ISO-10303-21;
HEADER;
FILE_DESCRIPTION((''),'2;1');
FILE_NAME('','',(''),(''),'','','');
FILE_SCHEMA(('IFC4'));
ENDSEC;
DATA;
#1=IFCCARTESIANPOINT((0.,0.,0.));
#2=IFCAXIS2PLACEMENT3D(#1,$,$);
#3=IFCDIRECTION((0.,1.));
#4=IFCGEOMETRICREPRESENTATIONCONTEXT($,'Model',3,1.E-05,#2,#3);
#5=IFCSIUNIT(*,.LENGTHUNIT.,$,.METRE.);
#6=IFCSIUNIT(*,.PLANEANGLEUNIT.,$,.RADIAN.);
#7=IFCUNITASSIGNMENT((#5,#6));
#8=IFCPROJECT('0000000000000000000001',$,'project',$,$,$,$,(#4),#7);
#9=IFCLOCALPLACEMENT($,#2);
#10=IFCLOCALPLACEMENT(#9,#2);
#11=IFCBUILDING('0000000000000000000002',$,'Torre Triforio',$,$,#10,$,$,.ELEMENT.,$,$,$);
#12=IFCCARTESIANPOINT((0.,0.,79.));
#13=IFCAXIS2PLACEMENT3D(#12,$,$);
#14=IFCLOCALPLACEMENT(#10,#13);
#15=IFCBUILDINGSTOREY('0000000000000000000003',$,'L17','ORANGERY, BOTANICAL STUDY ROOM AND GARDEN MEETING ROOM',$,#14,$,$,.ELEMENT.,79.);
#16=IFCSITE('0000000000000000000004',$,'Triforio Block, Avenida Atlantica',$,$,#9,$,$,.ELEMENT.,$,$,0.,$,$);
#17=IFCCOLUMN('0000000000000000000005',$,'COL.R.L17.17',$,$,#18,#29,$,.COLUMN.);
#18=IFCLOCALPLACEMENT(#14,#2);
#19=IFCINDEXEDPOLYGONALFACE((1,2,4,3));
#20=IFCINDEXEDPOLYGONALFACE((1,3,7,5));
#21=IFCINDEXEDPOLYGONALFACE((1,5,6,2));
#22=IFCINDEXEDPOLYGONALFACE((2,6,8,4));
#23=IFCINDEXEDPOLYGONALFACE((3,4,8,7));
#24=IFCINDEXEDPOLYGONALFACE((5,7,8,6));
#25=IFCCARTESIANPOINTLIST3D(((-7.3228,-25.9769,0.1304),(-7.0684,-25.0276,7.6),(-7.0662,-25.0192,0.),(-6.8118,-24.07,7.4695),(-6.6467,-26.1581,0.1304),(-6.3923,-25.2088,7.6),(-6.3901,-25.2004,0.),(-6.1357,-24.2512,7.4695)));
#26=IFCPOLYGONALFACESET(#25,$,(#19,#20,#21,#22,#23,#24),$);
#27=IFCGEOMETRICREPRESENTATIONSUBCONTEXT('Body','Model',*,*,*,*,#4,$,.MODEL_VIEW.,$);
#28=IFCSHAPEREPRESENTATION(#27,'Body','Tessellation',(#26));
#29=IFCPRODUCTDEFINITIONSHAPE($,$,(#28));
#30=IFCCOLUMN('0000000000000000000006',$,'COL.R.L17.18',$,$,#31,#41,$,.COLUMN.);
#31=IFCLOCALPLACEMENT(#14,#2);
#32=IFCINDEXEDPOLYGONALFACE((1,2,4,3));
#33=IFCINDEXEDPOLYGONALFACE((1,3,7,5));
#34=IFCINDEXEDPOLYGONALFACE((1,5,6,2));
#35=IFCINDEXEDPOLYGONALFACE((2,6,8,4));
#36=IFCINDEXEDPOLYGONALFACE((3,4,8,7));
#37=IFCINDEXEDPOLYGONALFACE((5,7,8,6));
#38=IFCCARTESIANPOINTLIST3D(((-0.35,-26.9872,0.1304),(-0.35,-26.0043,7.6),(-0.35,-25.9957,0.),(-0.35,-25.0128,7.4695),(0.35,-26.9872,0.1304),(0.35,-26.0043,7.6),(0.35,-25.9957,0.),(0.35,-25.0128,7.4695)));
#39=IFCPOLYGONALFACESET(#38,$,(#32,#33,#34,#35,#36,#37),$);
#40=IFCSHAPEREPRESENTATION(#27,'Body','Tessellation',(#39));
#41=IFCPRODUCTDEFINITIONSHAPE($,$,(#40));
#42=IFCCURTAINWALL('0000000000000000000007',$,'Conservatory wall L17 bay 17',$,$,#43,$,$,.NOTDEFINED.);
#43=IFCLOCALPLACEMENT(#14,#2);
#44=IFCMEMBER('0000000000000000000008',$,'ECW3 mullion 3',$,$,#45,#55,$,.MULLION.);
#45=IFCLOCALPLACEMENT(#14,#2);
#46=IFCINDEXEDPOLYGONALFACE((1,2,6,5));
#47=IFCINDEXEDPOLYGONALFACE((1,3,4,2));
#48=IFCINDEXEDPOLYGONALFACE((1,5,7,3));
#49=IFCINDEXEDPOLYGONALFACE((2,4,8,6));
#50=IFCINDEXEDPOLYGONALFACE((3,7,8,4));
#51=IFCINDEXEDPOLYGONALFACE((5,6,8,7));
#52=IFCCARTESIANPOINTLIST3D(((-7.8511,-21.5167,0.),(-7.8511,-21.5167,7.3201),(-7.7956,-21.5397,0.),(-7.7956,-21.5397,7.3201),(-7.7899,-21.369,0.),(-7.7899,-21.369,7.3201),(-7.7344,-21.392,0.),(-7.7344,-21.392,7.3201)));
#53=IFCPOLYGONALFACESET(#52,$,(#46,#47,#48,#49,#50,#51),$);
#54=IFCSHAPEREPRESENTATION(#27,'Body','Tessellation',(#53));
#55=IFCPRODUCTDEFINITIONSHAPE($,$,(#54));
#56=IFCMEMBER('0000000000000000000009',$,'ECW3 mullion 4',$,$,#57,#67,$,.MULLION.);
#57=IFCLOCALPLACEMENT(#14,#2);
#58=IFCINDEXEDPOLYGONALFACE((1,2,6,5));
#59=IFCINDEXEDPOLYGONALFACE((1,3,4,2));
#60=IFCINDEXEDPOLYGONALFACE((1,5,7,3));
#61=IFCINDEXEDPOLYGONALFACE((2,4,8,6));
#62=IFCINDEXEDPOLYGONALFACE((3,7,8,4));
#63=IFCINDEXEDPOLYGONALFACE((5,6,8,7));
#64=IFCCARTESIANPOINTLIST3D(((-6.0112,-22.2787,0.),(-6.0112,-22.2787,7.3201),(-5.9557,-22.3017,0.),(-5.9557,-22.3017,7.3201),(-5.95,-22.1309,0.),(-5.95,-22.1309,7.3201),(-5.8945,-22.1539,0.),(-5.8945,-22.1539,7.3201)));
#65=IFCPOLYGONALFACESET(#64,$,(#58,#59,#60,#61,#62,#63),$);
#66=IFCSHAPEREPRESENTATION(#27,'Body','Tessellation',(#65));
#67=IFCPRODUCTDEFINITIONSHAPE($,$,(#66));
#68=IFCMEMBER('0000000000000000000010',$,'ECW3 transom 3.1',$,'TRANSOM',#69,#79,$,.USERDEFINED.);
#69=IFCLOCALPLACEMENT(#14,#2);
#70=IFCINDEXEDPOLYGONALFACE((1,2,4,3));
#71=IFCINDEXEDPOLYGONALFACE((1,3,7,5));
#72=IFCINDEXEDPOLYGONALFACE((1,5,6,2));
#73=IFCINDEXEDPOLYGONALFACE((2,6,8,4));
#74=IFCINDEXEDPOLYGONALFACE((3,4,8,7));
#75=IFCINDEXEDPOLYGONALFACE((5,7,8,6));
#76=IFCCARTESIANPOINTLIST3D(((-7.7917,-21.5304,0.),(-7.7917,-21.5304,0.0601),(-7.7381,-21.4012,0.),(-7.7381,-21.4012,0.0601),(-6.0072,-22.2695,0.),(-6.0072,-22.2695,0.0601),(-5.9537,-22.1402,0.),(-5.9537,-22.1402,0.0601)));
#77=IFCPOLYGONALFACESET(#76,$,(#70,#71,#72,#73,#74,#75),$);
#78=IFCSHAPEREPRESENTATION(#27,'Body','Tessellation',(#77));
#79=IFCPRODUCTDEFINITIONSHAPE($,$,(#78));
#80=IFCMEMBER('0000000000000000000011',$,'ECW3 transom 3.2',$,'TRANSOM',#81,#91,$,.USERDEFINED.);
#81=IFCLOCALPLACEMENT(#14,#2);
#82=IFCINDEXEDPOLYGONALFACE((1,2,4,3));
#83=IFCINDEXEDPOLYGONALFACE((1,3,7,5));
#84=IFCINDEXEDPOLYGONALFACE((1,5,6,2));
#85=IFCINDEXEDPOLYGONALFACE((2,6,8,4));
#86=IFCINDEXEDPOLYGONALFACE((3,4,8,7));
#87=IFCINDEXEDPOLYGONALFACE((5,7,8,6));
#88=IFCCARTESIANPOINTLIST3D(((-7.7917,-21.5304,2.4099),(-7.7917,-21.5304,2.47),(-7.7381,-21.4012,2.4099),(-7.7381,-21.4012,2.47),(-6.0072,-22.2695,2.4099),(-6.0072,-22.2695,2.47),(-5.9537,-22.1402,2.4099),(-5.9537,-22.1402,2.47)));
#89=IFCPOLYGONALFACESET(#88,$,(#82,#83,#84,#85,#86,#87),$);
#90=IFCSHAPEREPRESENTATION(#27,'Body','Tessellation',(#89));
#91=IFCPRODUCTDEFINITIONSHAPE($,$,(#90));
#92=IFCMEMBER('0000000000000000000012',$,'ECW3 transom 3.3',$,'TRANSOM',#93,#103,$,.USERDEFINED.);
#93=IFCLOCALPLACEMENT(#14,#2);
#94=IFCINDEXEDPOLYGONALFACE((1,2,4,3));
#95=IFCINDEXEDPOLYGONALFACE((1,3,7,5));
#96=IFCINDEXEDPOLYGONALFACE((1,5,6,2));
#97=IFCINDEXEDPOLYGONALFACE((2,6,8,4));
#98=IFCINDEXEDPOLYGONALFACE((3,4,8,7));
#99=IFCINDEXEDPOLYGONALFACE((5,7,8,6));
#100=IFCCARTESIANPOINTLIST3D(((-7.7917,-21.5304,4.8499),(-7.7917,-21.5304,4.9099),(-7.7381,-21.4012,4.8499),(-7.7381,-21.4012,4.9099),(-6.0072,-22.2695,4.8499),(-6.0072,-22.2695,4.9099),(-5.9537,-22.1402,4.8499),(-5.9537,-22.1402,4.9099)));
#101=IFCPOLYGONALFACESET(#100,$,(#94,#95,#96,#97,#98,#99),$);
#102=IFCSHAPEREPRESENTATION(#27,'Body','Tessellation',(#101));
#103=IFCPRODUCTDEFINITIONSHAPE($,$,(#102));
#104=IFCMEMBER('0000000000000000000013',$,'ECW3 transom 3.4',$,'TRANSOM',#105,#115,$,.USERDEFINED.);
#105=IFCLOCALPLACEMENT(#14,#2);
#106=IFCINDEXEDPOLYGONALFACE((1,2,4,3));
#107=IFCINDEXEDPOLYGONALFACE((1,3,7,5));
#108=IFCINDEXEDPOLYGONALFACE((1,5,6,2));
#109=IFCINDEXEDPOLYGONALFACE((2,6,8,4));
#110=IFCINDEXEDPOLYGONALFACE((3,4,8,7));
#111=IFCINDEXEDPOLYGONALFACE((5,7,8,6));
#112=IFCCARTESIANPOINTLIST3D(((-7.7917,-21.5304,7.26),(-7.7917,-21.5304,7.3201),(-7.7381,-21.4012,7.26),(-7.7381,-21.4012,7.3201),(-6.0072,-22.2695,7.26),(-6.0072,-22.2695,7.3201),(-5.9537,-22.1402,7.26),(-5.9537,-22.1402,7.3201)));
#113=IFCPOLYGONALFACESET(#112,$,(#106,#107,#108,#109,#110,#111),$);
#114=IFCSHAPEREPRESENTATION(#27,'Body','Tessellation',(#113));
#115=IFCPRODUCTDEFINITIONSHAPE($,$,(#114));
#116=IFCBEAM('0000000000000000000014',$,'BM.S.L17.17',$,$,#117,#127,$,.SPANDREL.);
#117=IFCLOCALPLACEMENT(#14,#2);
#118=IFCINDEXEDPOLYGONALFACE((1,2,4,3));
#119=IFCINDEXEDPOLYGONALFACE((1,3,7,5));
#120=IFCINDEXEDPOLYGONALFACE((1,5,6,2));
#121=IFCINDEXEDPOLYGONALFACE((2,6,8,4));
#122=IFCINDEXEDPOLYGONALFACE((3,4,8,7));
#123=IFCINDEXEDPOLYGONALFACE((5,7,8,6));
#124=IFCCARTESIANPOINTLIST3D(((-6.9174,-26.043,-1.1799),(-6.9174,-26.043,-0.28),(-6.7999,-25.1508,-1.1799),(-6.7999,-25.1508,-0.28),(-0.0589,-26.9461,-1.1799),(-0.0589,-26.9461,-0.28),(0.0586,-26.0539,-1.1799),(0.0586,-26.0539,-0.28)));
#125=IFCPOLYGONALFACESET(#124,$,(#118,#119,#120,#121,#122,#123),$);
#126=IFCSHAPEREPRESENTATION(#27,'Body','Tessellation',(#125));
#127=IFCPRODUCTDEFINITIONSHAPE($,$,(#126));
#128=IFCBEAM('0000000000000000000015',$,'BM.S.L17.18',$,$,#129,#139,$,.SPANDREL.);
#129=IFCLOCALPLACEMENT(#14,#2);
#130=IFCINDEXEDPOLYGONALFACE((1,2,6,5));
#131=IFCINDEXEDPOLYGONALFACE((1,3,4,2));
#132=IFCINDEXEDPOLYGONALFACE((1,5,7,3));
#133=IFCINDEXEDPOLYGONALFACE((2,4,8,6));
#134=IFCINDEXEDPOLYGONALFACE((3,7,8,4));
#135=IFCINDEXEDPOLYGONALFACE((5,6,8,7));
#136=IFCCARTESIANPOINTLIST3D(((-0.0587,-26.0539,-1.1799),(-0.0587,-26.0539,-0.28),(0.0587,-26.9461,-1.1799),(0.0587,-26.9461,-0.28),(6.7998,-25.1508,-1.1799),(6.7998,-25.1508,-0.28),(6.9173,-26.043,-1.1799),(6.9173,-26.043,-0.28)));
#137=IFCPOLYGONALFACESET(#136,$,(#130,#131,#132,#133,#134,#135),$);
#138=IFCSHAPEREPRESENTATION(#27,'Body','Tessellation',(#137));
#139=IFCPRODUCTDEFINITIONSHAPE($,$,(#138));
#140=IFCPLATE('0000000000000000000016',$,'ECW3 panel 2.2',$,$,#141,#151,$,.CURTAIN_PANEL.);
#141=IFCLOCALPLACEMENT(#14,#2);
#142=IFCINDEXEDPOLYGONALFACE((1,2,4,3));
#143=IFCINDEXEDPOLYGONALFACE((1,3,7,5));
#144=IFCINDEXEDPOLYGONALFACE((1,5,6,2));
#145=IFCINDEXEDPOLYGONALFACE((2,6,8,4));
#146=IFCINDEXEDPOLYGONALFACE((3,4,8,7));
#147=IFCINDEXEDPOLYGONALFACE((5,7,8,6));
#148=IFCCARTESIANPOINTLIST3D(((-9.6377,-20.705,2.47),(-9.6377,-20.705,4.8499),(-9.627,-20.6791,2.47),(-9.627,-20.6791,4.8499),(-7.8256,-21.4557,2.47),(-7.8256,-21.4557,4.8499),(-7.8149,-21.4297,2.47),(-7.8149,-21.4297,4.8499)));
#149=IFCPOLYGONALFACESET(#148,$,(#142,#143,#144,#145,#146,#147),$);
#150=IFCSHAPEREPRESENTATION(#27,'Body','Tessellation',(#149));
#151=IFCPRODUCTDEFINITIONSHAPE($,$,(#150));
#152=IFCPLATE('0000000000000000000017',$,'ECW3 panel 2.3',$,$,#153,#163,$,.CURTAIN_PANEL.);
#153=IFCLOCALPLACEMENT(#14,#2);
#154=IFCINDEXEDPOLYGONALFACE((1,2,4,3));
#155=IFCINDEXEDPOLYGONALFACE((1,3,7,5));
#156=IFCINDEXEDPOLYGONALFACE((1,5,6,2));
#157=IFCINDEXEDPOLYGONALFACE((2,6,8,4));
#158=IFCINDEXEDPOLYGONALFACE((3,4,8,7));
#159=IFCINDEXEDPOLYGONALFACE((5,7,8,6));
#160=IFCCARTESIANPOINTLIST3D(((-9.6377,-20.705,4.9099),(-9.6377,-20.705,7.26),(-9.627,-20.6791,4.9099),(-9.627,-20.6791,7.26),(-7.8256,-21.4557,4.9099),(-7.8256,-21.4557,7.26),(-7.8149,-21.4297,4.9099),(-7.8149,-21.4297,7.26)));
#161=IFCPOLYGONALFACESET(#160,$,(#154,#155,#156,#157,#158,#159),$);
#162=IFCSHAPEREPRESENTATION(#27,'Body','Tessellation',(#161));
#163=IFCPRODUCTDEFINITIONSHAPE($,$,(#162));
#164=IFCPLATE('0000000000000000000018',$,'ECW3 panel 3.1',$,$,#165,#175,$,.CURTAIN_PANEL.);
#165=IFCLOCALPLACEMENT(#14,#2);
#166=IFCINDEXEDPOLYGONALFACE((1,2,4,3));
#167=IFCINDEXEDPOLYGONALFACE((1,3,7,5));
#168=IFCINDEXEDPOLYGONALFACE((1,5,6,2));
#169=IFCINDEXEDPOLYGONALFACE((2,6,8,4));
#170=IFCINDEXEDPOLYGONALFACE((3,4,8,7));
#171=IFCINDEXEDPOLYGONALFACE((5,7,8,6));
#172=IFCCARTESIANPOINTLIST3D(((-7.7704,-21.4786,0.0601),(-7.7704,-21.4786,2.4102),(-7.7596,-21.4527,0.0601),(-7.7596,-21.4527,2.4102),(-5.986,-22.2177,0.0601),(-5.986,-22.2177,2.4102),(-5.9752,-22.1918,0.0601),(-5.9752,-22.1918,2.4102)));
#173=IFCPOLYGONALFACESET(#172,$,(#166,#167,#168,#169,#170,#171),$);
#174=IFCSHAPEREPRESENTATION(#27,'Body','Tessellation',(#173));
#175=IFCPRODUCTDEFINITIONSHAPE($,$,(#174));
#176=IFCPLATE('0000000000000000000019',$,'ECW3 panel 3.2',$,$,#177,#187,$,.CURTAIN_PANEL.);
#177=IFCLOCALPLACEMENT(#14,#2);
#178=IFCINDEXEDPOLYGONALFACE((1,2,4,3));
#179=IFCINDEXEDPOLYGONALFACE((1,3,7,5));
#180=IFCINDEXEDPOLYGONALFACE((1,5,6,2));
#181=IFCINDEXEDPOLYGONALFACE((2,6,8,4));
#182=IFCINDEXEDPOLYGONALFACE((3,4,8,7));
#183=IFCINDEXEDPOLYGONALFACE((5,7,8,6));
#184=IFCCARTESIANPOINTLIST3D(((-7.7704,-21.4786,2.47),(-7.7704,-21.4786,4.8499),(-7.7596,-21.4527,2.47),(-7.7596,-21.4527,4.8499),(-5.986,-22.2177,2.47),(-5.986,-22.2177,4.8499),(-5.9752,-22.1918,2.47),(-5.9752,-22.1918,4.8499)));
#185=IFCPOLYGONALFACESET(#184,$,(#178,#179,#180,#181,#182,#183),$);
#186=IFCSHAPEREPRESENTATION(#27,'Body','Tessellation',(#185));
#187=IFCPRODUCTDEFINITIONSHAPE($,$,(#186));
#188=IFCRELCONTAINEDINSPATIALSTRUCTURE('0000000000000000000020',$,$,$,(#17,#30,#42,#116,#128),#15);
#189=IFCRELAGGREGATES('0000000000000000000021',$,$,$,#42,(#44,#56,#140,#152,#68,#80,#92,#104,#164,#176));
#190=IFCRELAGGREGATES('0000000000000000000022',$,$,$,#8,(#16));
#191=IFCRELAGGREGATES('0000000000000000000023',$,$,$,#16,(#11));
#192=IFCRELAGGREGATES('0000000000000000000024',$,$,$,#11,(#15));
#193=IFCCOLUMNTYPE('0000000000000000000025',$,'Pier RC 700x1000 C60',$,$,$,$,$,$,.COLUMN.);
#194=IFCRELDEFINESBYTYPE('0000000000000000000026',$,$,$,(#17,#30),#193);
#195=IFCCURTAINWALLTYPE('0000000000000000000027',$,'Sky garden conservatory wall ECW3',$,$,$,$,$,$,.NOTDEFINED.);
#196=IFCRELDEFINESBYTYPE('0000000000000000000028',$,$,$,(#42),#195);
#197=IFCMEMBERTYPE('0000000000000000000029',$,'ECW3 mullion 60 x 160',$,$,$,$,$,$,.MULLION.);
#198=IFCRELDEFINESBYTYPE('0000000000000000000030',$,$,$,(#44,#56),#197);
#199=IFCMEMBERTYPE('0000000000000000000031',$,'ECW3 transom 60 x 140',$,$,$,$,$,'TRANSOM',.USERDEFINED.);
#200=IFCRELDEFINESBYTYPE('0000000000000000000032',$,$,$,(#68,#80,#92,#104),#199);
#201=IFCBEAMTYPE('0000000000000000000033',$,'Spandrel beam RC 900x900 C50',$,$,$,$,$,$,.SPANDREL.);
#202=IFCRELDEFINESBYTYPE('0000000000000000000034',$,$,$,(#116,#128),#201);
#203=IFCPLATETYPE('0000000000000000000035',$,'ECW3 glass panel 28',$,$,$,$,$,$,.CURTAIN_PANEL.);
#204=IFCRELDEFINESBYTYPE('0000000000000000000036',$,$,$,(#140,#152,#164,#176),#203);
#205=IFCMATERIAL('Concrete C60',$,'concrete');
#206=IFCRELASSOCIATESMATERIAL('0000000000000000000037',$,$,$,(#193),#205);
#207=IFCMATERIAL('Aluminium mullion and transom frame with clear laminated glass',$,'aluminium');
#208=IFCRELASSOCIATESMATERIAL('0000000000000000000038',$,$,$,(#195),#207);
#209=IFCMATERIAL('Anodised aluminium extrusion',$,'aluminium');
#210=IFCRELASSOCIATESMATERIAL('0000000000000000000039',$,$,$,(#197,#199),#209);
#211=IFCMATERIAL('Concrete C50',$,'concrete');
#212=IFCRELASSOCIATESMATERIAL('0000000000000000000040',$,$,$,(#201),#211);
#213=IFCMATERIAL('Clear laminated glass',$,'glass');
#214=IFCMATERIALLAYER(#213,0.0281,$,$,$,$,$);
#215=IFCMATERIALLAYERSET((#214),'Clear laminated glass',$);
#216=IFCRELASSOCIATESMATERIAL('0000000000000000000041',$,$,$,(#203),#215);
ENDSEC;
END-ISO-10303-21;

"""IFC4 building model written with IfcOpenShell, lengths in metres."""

from ifc_helpers import new_model, si_unit, direction, frame, origin, origin_2d, place, context, subcontext, project, spatial, rectangle, extrude, material, layer, layer_set, material_profile, profile_set, type_object, element, aggregate, save


model = new_model("IFC4")

# Units and contexts
model_context = context("Model", 3, precision=1e-05, world=origin(), true_north=direction((0.0, 1.0)))
body_context = subcontext(model_context, "Body", "Model", "MODEL_VIEW")
ifc_project = project(units=[si_unit("LENGTHUNIT", "METRE"), si_unit("PLANEANGLEUNIT", "RADIAN")], contexts=[model_context])

# Site, building, storey
site_placement = place(None, origin())
site = spatial("IfcSite", under=ifc_project, at=site_placement, Name="Triforio Block, Avenida Atlantica", CompositionType="ELEMENT", RefElevation=0.0)
building_placement = place(site_placement, origin())
building = spatial("IfcBuilding", under=site, at=building_placement, Name="Torre Triforio", CompositionType="ELEMENT")
storey_placement = place(building_placement, frame((0.0, 0.0, 79.0)))
storey = spatial("IfcBuildingStorey", under=building, at=storey_placement, Name="L17", Description="ORANGERY, BOTANICAL STUDY ROOM AND GARDEN MEETING ROOM", CompositionType="ELEMENT", Elevation=79.0)

# Columns
ifc_material_1 = material(Name="Concrete C60", Category="concrete")
ifc_material_profile_1 = material_profile(ifc_material_1, rectangle(XDim=0.7, YDim=1.0, at=origin_2d()), Name="RC 700x1000")
ifc_profile_set_1 = profile_set([ifc_material_profile_1], Name="Concrete C60")
column_type = type_object("IfcColumnType", Name="Pier RC 700x1000 C60", PredefinedType="COLUMN", material=ifc_profile_set_1)
for number, where, z_axis, x_axis, name in (
    (1, (-6.8564, -25.5886, 0.0652), (0.033767, 0.125994, 0.991456), (-0.965913, 0.258869, 0.0), "COL.R.L17.17"),
    (2, (0.0, -26.4915, 0.0652), (0.0, 0.130465, 0.991453), (-1.0, 0.0, 0.0), "COL.R.L17.18"),
):
    element("IfcColumn", number, at=place(storey_placement, frame(where, z_axis=z_axis, x_axis=x_axis)), inside=storey, type_object=column_type, Name=name, PredefinedType="COLUMN", context=body_context, shape_type="SweptSolid", body=[
        extrude(rectangle(XDim=0.7, YDim=1.0, at=origin_2d()), origin(), (0.0, 0.0, 1.0), 7.5339),
    ])

# Curtain wall, members
ifc_material_2 = material(Name="Aluminium mullion and transom frame with clear laminated glass", Category="aluminium")
curtain_wall_type = type_object("IfcCurtainWallType", Name="Sky garden conservatory wall ECW3", PredefinedType="NOTDEFINED", material=ifc_material_2)
curtain_wall_placement = place(storey_placement, origin())
curtain_wall = element("IfcCurtainWall", 3, at=curtain_wall_placement, inside=storey, type_object=curtain_wall_type, Name="Conservatory wall L17 bay 17", PredefinedType="NOTDEFINED")
ifc_material_3 = material(Name="Anodised aluminium extrusion", Category="aluminium")
ifc_material_profile_2 = material_profile(ifc_material_3, rectangle(XDim=0.1599, YDim=0.0601, at=origin_2d()), Name="ECW3 MULLION 60x160")
ifc_profile_set_2 = profile_set([ifc_material_profile_2], Name="Anodised aluminium extrusion")
member_type_1 = type_object("IfcMemberType", Name="ECW3 mullion 60 x 160", PredefinedType="MULLION", material=ifc_profile_set_2)
member_1_placement = place(storey_placement, frame((-7.7927, -21.4543, 0.0), z_axis=(0.0, 0.0, 1.0), x_axis=(0.382687, 0.923878, 0.0)))
member_1 = element("IfcMember", 4, at=member_1_placement, type_object=member_type_1, Name="ECW3 mullion 3", PredefinedType="MULLION", context=body_context, shape_type="SweptSolid", body=[
    extrude(rectangle(XDim=0.1599, YDim=0.0601, at=origin_2d()), origin(), (0.0, 0.0, 1.0), 7.3201),
])
member_2_placement = place(storey_placement, frame((-5.9529, -22.2163, 0.0), z_axis=(0.0, 0.0, 1.0), x_axis=(0.382687, 0.923878, 0.0)))
member_2 = element("IfcMember", 5, at=member_2_placement, type_object=member_type_1, Name="ECW3 mullion 4", PredefinedType="MULLION", context=body_context, shape_type="SweptSolid", body=[
    extrude(rectangle(XDim=0.1599, YDim=0.0601, at=origin_2d()), origin(), (0.0, 0.0, 1.0), 7.3201),
])
ifc_material_profile_3 = material_profile(ifc_material_3, rectangle(XDim=0.1399, YDim=0.0601, at=origin_2d()), Name="ECW3 TRANSOM 60x140")
ifc_profile_set_3 = profile_set([ifc_material_profile_3], Name="Anodised aluminium extrusion")
member_type_2 = type_object("IfcMemberType", Name="ECW3 transom 60 x 140", ElementType="TRANSOM", PredefinedType="USERDEFINED", material=ifc_profile_set_3)
member_3_placement = place(storey_placement, frame((-7.7649, -21.4658, 0.03), z_axis=(0.923901, -0.382631, 0.0), x_axis=(0.382631, 0.923901, 0.0)))
member_3 = element("IfcMember", 6, at=member_3_placement, type_object=member_type_2, Name="ECW3 transom 3.1", ObjectType="TRANSOM", PredefinedType="USERDEFINED", context=body_context, shape_type="SweptSolid", body=[
    extrude(rectangle(XDim=0.1399, YDim=0.0601, at=origin_2d()), origin(), (0.0, 0.0, 1.0), 1.9314),
])
member_4_placement = place(storey_placement, frame((-7.7649, -21.4658, 2.4399), z_axis=(0.923901, -0.382631, 0.0), x_axis=(0.382631, 0.923901, 0.0)))
member_4 = element("IfcMember", 7, at=member_4_placement, type_object=member_type_2, Name="ECW3 transom 3.2", ObjectType="TRANSOM", PredefinedType="USERDEFINED", context=body_context, shape_type="SweptSolid", body=[
    extrude(rectangle(XDim=0.1399, YDim=0.0601, at=origin_2d()), origin(), (0.0, 0.0, 1.0), 1.9314),
])
member_5_placement = place(storey_placement, frame((-7.7649, -21.4658, 4.8799), z_axis=(0.923901, -0.382631, 0.0), x_axis=(0.382631, 0.923901, 0.0)))
member_5 = element("IfcMember", 8, at=member_5_placement, type_object=member_type_2, Name="ECW3 transom 3.3", ObjectType="TRANSOM", PredefinedType="USERDEFINED", context=body_context, shape_type="SweptSolid", body=[
    extrude(rectangle(XDim=0.1399, YDim=0.0601, at=origin_2d()), origin(), (0.0, 0.0, 1.0), 1.9314),
])
member_6_placement = place(storey_placement, frame((-7.7649, -21.4658, 7.29), z_axis=(0.923901, -0.382631, 0.0), x_axis=(0.382631, 0.923901, 0.0)))
member_6 = element("IfcMember", 9, at=member_6_placement, type_object=member_type_2, Name="ECW3 transom 3.4", ObjectType="TRANSOM", PredefinedType="USERDEFINED", context=body_context, shape_type="SweptSolid", body=[
    extrude(rectangle(XDim=0.1399, YDim=0.0601, at=origin_2d()), origin(), (0.0, 0.0, 1.0), 1.9314),
])

# Beams
ifc_material_4 = material(Name="Concrete C50", Category="concrete")
ifc_material_profile_4 = material_profile(ifc_material_4, rectangle(XDim=0.8999, YDim=0.8999, at=origin_2d()), Name="RC 900x900")
ifc_profile_set_4 = profile_set([ifc_material_profile_4], Name="Concrete C50")
beam_type = type_object("IfcBeamType", Name="Spandrel beam RC 900x900 C50", PredefinedType="SPANDREL", material=ifc_profile_set_4)
for number, where, z_axis, x_axis, name in (
    (10, (-6.8586, -25.5969, -0.73), (0.991443, -0.130543, 0.0), (0.130543, 0.991443, 0.0), "BM.S.L17.17"),
    (11, (0.0, -26.5, -0.73), (0.991443, 0.130543, 0.0), (-0.130543, 0.991443, 0.0), "BM.S.L17.18"),
):
    element("IfcBeam", number, at=place(storey_placement, frame(where, z_axis=z_axis, x_axis=x_axis)), inside=storey, type_object=beam_type, Name=name, PredefinedType="SPANDREL", context=body_context, shape_type="SweptSolid", body=[
        extrude(rectangle(XDim=0.8999, YDim=0.8999, at=origin_2d()), origin(), (0.0, 0.0, 1.0), 6.9177),
    ])

# Plates
ifc_material_5 = material(Name="Clear laminated glass", Category="glass")
ifc_layer_1 = layer(ifc_material_5, 0.0281)
ifc_layer_set_1 = layer_set([ifc_layer_1], Name="Clear laminated glass")
plate_type = type_object("IfcPlateType", Name="ECW3 glass panel 28", PredefinedType="CURTAIN_PANEL", material=ifc_layer_set_1)
plate_1_placement = place(storey_placement, frame((-8.7263, -21.0674, 2.47), z_axis=(0.0, 0.0, 1.0), x_axis=(0.923878, -0.382687, 0.0)))
plate_1 = element("IfcPlate", 12, at=plate_1_placement, type_object=plate_type, Name="ECW3 panel 2.2", PredefinedType="CURTAIN_PANEL", context=body_context, shape_type="SweptSolid", body=[
    extrude(rectangle(XDim=1.9614, YDim=0.0281, at=origin_2d()), origin(), (0.0, 0.0, 1.0), 2.3799),
])
plate_2_placement = place(storey_placement, frame((-8.7263, -21.0674, 4.9099), z_axis=(0.0, 0.0, 1.0), x_axis=(0.923878, -0.382687, 0.0)))
plate_2 = element("IfcPlate", 13, at=plate_2_placement, type_object=plate_type, Name="ECW3 panel 2.3", PredefinedType="CURTAIN_PANEL", context=body_context, shape_type="SweptSolid", body=[
    extrude(rectangle(XDim=1.9614, YDim=0.0281, at=origin_2d()), origin(), (0.0, 0.0, 1.0), 2.3501),
])
plate_3_placement = place(storey_placement, frame((-6.8728, -21.8352, 0.0601), z_axis=(0.0, 0.0, 1.0), x_axis=(0.923878, -0.382687, 0.0)))
plate_3 = element("IfcPlate", 14, at=plate_3_placement, type_object=plate_type, Name="ECW3 panel 3.1", PredefinedType="CURTAIN_PANEL", context=body_context, shape_type="SweptSolid", body=[
    extrude(rectangle(XDim=1.9314, YDim=0.0281, at=origin_2d()), origin(), (0.0, 0.0, 1.0), 2.3501),
])
plate_4_placement = place(storey_placement, frame((-6.8728, -21.8352, 2.47), z_axis=(0.0, 0.0, 1.0), x_axis=(0.923878, -0.382687, 0.0)))
plate_4 = element("IfcPlate", 15, at=plate_4_placement, type_object=plate_type, Name="ECW3 panel 3.2", PredefinedType="CURTAIN_PANEL", context=body_context, shape_type="SweptSolid", body=[
    extrude(rectangle(XDim=1.9314, YDim=0.0281, at=origin_2d()), origin(), (0.0, 0.0, 1.0), 2.3799),
])
aggregate(curtain_wall, [member_1, member_2, plate_1, plate_2, member_3, member_4, member_5, member_6, plate_3, plate_4])

save(model, "model.ifc")
